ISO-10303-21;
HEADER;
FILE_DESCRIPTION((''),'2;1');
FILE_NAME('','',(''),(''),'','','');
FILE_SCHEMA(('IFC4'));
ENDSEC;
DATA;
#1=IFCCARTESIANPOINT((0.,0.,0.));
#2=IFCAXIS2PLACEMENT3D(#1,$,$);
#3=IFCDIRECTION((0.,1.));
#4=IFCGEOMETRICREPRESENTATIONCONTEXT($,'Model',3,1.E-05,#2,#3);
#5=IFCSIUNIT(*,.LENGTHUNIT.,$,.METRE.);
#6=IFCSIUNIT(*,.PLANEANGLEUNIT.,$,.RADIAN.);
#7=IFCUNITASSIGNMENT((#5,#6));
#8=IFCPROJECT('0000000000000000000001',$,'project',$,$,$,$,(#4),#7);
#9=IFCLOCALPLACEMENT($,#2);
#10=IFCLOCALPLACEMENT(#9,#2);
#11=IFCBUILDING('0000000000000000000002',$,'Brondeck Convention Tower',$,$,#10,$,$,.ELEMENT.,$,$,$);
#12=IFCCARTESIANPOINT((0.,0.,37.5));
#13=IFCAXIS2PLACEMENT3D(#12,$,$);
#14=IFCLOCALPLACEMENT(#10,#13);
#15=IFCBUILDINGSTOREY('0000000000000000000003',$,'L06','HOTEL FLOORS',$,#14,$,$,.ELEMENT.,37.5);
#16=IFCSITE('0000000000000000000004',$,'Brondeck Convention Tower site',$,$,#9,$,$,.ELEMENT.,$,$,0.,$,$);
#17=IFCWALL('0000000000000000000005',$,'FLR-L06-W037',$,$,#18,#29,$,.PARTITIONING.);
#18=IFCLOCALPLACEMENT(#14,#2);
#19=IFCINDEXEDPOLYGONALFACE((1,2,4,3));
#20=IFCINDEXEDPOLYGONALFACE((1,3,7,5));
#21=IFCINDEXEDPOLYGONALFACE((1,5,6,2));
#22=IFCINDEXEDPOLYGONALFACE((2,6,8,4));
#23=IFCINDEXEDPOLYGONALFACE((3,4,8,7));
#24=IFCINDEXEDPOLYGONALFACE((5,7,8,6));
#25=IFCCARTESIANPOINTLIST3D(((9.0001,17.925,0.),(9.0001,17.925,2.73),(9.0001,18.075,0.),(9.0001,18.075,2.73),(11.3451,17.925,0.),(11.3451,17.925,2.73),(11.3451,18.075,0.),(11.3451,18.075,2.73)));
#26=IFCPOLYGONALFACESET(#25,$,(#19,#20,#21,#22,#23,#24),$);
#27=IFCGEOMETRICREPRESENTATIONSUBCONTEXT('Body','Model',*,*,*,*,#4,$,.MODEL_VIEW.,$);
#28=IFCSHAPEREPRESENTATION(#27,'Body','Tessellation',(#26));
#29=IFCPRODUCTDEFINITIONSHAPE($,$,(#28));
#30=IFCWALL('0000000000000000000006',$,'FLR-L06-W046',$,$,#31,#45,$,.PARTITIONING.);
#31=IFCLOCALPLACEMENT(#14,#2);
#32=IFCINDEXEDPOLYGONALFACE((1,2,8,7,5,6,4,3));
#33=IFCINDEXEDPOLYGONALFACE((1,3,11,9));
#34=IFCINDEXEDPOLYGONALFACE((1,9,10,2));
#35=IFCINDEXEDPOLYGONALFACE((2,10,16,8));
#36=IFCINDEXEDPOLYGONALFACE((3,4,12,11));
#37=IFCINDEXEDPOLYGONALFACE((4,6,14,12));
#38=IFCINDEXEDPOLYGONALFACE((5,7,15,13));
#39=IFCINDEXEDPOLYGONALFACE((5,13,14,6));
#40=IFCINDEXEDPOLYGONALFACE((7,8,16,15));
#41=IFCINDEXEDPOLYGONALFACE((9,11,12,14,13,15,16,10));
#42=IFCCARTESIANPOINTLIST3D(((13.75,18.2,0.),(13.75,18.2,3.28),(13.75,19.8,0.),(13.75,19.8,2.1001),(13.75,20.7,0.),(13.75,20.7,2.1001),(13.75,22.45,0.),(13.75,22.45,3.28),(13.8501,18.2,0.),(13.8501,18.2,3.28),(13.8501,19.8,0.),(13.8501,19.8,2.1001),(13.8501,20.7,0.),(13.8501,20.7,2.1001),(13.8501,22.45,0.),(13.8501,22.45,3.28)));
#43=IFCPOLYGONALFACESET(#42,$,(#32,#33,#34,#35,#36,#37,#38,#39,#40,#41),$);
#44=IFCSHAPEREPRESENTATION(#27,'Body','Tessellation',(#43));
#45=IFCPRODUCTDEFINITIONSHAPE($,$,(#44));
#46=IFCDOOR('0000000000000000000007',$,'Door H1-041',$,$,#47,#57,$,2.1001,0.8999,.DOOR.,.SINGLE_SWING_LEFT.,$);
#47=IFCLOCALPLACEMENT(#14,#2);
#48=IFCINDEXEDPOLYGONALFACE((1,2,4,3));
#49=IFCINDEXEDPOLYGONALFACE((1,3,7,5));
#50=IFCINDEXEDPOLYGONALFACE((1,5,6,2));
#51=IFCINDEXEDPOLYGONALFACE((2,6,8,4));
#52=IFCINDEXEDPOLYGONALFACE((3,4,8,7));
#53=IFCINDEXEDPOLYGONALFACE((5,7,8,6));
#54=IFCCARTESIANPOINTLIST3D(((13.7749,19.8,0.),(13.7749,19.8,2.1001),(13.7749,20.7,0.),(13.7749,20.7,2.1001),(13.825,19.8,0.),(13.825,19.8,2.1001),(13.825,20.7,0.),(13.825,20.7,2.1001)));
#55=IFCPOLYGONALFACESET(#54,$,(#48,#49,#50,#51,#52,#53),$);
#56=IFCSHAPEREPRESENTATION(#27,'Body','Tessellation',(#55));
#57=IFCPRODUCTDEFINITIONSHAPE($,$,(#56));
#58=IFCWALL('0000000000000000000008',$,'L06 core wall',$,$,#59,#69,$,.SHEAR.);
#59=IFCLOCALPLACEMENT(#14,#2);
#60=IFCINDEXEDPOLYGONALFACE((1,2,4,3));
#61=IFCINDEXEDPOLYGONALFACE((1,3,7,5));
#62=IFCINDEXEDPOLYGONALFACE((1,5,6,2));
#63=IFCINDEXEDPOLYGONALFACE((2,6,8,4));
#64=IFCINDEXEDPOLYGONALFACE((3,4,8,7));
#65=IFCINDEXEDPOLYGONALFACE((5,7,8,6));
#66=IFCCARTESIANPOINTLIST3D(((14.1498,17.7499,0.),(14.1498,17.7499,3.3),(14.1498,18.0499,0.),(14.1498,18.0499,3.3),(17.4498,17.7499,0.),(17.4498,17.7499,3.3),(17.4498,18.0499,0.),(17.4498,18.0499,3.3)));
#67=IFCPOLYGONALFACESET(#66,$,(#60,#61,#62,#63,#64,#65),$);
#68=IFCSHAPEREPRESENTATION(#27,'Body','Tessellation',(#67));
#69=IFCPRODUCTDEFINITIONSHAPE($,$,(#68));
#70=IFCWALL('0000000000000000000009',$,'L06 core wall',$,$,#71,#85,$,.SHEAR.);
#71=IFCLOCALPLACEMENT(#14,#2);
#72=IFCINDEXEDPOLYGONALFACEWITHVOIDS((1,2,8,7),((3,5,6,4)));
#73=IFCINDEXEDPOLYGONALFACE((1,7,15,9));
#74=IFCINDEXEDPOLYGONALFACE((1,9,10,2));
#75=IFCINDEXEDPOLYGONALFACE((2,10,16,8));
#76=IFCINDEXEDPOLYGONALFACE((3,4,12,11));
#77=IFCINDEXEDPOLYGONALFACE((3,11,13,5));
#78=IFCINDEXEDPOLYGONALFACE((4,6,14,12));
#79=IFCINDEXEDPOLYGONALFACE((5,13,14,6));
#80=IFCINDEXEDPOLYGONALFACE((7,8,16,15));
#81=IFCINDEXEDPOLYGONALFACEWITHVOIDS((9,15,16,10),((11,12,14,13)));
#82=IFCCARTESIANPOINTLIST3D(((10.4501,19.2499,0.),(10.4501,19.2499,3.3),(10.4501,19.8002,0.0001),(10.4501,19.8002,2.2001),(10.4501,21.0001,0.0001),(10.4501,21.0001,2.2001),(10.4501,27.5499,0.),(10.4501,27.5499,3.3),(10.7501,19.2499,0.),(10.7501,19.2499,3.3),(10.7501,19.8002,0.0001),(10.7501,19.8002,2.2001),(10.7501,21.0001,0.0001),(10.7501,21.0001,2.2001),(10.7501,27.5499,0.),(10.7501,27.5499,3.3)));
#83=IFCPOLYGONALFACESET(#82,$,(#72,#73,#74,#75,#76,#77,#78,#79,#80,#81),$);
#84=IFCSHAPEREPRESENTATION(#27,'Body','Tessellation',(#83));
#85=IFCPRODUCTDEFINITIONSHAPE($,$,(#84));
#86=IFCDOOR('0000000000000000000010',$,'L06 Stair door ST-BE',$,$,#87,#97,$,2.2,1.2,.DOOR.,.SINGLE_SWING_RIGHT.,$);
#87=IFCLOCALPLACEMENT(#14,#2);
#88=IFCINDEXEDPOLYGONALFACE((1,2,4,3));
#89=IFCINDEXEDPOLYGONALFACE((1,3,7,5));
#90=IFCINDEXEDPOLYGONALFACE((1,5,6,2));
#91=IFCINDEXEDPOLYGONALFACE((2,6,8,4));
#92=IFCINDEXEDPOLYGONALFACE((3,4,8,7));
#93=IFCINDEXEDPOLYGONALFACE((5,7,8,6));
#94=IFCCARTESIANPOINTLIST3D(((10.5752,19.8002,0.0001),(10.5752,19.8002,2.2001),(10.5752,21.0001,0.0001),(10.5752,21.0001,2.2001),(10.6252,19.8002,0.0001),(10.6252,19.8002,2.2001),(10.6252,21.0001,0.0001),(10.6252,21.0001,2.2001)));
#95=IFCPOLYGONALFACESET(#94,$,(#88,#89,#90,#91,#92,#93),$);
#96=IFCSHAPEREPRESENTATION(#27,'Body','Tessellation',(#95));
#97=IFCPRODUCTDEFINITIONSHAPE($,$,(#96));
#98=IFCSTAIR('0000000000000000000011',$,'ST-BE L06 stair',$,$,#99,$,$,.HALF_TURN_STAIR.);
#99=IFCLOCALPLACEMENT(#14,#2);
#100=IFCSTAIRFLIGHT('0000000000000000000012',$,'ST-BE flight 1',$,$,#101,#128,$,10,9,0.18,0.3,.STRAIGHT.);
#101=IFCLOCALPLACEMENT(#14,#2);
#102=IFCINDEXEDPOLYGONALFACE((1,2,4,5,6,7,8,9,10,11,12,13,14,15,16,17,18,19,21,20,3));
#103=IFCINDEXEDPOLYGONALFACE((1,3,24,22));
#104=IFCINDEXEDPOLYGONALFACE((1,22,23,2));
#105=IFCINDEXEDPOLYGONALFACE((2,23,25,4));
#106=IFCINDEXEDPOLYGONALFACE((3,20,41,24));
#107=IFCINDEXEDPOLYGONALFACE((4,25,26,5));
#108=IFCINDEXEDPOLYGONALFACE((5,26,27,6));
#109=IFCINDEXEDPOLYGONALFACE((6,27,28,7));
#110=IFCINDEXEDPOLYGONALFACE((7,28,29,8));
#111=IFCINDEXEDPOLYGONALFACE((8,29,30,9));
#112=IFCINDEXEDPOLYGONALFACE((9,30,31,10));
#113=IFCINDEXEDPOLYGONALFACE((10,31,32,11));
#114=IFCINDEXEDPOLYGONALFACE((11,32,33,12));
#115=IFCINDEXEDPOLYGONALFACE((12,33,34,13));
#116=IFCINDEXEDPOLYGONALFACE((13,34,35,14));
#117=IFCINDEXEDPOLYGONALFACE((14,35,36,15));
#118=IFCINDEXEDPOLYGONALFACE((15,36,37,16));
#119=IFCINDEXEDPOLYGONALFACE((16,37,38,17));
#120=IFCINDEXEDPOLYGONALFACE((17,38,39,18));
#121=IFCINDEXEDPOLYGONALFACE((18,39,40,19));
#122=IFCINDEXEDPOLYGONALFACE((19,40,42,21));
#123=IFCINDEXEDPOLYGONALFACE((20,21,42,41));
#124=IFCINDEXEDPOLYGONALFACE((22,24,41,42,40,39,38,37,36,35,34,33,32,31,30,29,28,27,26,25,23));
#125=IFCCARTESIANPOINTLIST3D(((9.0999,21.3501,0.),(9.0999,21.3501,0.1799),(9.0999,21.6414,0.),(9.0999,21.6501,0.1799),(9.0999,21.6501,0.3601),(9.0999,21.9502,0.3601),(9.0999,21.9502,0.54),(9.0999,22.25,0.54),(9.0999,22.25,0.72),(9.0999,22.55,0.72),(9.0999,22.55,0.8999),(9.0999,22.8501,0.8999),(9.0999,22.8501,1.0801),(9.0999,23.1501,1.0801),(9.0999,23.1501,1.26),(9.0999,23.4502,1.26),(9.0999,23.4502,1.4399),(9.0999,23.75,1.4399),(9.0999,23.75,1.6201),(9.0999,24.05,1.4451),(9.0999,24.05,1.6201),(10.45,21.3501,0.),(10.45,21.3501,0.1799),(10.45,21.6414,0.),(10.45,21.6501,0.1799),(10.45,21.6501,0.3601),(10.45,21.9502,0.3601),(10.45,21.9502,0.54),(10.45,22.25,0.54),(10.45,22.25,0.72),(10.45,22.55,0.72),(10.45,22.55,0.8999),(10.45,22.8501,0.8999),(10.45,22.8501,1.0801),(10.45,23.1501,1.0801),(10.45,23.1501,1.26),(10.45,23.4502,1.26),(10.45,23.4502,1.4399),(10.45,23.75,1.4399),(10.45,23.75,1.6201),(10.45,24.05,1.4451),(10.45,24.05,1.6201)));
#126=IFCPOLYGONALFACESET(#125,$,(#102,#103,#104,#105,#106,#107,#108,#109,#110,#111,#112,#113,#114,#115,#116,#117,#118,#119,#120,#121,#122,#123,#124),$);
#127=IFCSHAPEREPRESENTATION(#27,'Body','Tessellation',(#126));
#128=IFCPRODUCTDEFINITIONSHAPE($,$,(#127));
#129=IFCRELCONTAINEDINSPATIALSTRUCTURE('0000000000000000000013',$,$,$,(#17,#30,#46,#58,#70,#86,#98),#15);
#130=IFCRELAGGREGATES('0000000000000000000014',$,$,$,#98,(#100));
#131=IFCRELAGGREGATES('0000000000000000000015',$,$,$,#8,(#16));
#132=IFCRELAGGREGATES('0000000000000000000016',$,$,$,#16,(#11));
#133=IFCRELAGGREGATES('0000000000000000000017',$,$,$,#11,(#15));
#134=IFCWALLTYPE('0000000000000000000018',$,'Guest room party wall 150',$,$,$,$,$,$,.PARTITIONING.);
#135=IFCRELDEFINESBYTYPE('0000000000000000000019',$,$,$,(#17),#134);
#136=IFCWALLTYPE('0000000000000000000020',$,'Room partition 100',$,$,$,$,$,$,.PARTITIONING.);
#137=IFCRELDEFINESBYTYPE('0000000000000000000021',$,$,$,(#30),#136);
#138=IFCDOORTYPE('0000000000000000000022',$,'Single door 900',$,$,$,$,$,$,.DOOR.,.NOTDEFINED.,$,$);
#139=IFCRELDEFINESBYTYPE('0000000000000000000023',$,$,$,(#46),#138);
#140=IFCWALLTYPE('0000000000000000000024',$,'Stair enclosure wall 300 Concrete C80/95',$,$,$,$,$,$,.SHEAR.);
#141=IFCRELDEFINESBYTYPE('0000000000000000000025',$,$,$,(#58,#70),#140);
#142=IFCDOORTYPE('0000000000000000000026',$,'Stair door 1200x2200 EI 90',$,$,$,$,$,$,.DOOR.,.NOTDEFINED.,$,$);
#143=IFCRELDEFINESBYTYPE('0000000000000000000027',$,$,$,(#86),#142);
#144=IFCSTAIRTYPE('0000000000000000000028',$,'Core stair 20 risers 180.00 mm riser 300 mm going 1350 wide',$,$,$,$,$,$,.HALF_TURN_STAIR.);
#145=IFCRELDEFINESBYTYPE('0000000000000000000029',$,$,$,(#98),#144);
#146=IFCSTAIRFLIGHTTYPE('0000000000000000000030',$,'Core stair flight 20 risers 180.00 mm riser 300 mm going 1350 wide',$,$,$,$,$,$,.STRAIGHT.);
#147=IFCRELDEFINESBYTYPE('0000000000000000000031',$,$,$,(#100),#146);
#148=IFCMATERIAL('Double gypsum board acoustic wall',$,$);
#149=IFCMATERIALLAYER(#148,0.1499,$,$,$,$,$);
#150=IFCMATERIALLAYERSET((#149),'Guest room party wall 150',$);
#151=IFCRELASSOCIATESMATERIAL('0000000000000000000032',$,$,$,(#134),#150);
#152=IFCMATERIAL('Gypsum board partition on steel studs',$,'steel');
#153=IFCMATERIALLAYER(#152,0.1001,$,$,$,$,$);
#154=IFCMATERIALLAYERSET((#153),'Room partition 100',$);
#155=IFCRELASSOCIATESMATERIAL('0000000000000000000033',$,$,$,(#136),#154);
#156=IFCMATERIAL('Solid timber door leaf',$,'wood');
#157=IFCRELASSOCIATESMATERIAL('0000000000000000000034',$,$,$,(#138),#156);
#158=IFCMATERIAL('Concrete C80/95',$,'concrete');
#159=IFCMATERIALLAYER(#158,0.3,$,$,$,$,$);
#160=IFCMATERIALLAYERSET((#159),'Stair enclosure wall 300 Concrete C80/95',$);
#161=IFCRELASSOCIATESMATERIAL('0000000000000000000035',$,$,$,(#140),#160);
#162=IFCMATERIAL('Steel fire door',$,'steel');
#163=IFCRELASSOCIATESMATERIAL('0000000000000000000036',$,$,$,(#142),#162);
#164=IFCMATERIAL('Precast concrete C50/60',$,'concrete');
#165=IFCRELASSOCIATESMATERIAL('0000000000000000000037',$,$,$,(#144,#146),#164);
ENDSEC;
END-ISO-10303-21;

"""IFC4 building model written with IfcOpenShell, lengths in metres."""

from ifc_helpers import new_model, si_unit, direction, frame, frame_2d, origin, place, context, subcontext, project, spatial, polyline, rectangle, outline, extrude, material, layer, layer_set, type_object, element, fill, aggregate, save


model = new_model("IFC4")

# Units and contexts
model_context = context("Model", 3, precision=1e-05, world=origin(), true_north=direction((0.0, 1.0)))
body_context = subcontext(model_context, "Body", "Model", "MODEL_VIEW")
ifc_project = project(units=[si_unit("LENGTHUNIT", "METRE"), si_unit("PLANEANGLEUNIT", "RADIAN")], contexts=[model_context])

# Site, building, storey
site_placement = place(None, origin())
site = spatial("IfcSite", under=ifc_project, at=site_placement, Name="Brondeck Convention Tower site", CompositionType="ELEMENT", RefElevation=0.0)
building_placement = place(site_placement, origin())
building = spatial("IfcBuilding", under=site, at=building_placement, Name="Brondeck Convention Tower", CompositionType="ELEMENT")
storey_placement = place(building_placement, frame((0.0, 0.0, 37.5)))
storey = spatial("IfcBuildingStorey", under=building, at=storey_placement, Name="L06", Description="HOTEL FLOORS", CompositionType="ELEMENT", Elevation=37.5)

# Shared definitions
ifc_material_1 = material(Name="Concrete C80/95", Category="concrete")

# Shared definitions
ifc_material_2 = material(Name="Double gypsum board acoustic wall")
ifc_layer_1 = layer(ifc_material_2, 0.1499)
ifc_layer_set_1 = layer_set([ifc_layer_1], Name="Guest room party wall 150")
wall_type_1 = type_object("IfcWallType", Name="Guest room party wall 150", PredefinedType="PARTITIONING", material=ifc_layer_set_1)

# Wall
wall_1_placement = place(storey_placement, frame((11.345, 18.0, 0.0), z_axis=(0.0, 0.0, 1.0), x_axis=(-1.0, 0.0, 0.0)))
element("IfcWall", 1, at=wall_1_placement, inside=storey, type_object=wall_type_1, Name="FLR-L06-W037", PredefinedType="PARTITIONING", context=body_context, shape_type="SweptSolid", body=[
    extrude(rectangle(XDim=2.345, YDim=0.1499, at=frame_2d((1.1724, 0.0))), origin(), (0.0, 0.0, 1.0), 2.73),
])

# Wall, opening, door
ifc_material_3 = material(Name="Gypsum board partition on steel studs", Category="steel")
ifc_layer_2 = layer(ifc_material_3, 0.1001)
ifc_layer_set_2 = layer_set([ifc_layer_2], Name="Room partition 100")
wall_type_2 = type_object("IfcWallType", Name="Room partition 100", PredefinedType="PARTITIONING", material=ifc_layer_set_2)
wall_2_placement = place(storey_placement, frame((13.8, 22.45, 0.0), z_axis=(0.0, 0.0, 1.0), x_axis=(0.0, -1.0, 0.0)))
wall_2 = element("IfcWall", 2, at=wall_2_placement, inside=storey, type_object=wall_type_2, Name="FLR-L06-W046", PredefinedType="PARTITIONING", context=body_context, shape_type="SweptSolid", body=[
    extrude(rectangle(XDim=4.25, YDim=0.1001, at=frame_2d((2.125, 0.0))), origin(), (0.0, 0.0, 1.0), 3.28),
])
opening_1_placement = place(wall_2_placement, frame((1.75, 0.0, 0.0)))
opening_1 = element("IfcOpeningElement", 3, at=opening_1_placement, cuts=wall_2, PredefinedType="OPENING", context=body_context, shape_type="SweptSolid", body=[
    extrude(rectangle(XDim=0.8999, YDim=2.1001, at=frame_2d((0.45, 1.05))), frame((0.0, 0.0601, 0.0), z_axis=(0.0, -1.0, 0.0), x_axis=(1.0, 0.0, 0.0)), (0.0, 0.0, 1.0), 0.1201),
])
ifc_material_4 = material(Name="Solid timber door leaf", Category="wood")
door_type_1 = type_object("IfcDoorType", Name="Single door 900", OperationType="NOTDEFINED", PredefinedType="DOOR", material=ifc_material_4)
door_1_placement = place(opening_1_placement, origin())
door_1 = element("IfcDoor", 4, at=door_1_placement, inside=storey, type_object=door_type_1, Name="Door H1-041", OperationType="SINGLE_SWING_LEFT", OverallHeight=2.1001, OverallWidth=0.8999, PredefinedType="DOOR", context=body_context, shape_type="SweptSolid", body=[
    extrude(rectangle(XDim=0.8999, YDim=2.1001, at=frame_2d((0.45, 1.05))), frame((0.0, 0.0249, 0.0), z_axis=(0.0, -1.0, 0.0), x_axis=(1.0, 0.0, 0.0)), (0.0, 0.0, 1.0), 0.05),
])
fill(opening_1, door_1)

# Wall
ifc_layer_3 = layer(ifc_material_1, 0.3)
ifc_layer_set_3 = layer_set([ifc_layer_3], Name="Stair enclosure wall 300 Concrete C80/95")
wall_type_3 = type_object("IfcWallType", Name="Stair enclosure wall 300 Concrete C80/95", PredefinedType="SHEAR", material=ifc_layer_set_3)
wall_3_placement = place(storey_placement, frame((14.1499, 17.8999, 0.0), z_axis=(0.0, 0.0, 1.0), x_axis=(1.0, 0.0, 0.0)))
element("IfcWall", 5, at=wall_3_placement, inside=storey, type_object=wall_type_3, Name="L06 core wall", PredefinedType="SHEAR", context=body_context, shape_type="SweptSolid", body=[
    extrude(rectangle(XDim=3.3, YDim=0.3, at=frame_2d((1.6499, 0.0))), origin(), (0.0, 0.0, 1.0), 3.3),
])

# Wall, opening, door
wall_4_placement = place(storey_placement, frame((10.6001, 19.25, 0.0), z_axis=(0.0, 0.0, 1.0), x_axis=(0.0, 1.0, 0.0)))
wall_4 = element("IfcWall", 6, at=wall_4_placement, inside=storey, type_object=wall_type_3, Name="L06 core wall", PredefinedType="SHEAR", context=body_context, shape_type="SweptSolid", body=[
    extrude(rectangle(XDim=8.3, YDim=0.3, at=frame_2d((4.1499, 0.0))), origin(), (0.0, 0.0, 1.0), 3.3),
])
opening_2_placement = place(wall_4_placement, frame((0.55, 0.0, 0.0)))
opening_2 = element("IfcOpeningElement", 7, at=opening_2_placement, cuts=wall_4, PredefinedType="OPENING", context=body_context, shape_type="SweptSolid", body=[
    extrude(rectangle(XDim=1.2, YDim=2.2, at=frame_2d((0.6001, 1.1001))), frame((0.0, 0.1599, 0.0), z_axis=(0.0, -1.0, 0.0), x_axis=(1.0, 0.0, 0.0)), (0.0, 0.0, 1.0), 0.3201),
])
ifc_material_5 = material(Name="Steel fire door", Category="steel")
door_type_2 = type_object("IfcDoorType", Name="Stair door 1200x2200 EI 90", OperationType="NOTDEFINED", PredefinedType="DOOR", material=ifc_material_5)
door_2_placement = place(opening_2_placement, origin())
door_2 = element("IfcDoor", 8, at=door_2_placement, inside=storey, type_object=door_type_2, Name="L06 Stair door ST-BE", OperationType="SINGLE_SWING_RIGHT", OverallHeight=2.2, OverallWidth=1.2, PredefinedType="DOOR", context=body_context, shape_type="SweptSolid", body=[
    extrude(rectangle(XDim=1.2, YDim=2.2, at=frame_2d((0.6001, 1.1001))), frame((0.0, 0.0249, 0.0), z_axis=(0.0, -1.0, 0.0), x_axis=(1.0, 0.0, 0.0)), (0.0, 0.0, 1.0), 0.05),
])
fill(opening_2, door_2)

# Stair, stair flight
ifc_material_6 = material(Name="Precast concrete C50/60", Category="concrete")
stair_type = type_object("IfcStairType", Name="Core stair 20 risers 180.00 mm riser 300 mm going 1350 wide", PredefinedType="HALF_TURN_STAIR", material=ifc_material_6)
stair_placement = place(storey_placement, origin())
stair = element("IfcStair", 9, at=stair_placement, inside=storey, type_object=stair_type, Name="ST-BE L06 stair", PredefinedType="HALF_TURN_STAIR")
stair_flight_type = type_object("IfcStairFlightType", Name="Core stair flight 20 risers 180.00 mm riser 300 mm going 1350 wide", PredefinedType="STRAIGHT", material=ifc_material_6)
stair_flight_placement = place(storey_placement, frame((9.7749, 21.3501, 0.0), z_axis=(0.0, 0.0, 1.0), x_axis=(0.0, 1.0, 0.0)))
stair_flight = element("IfcStairFlight", 10, at=stair_flight_placement, type_object=stair_flight_type, Name="ST-BE flight 1", NumberOfRisers=10, NumberOfTreads=9, PredefinedType="STRAIGHT", RiserHeight=0.18, TreadLength=0.3, context=body_context, shape_type="SweptSolid", body=[
    extrude(outline(polyline([(0.0, 0.0), (0.0, 0.1799), (0.3, 0.1799), (0.3, 0.3601), (0.6001, 0.3601), (0.6001, 0.54), (0.8999, 0.54), (0.8999, 0.72), (1.2, 0.72), (1.2, 0.8999), (1.5, 0.8999), (1.5, 1.0801), (1.8, 1.0801), (1.8, 1.26), (2.1001, 1.26), (2.1001, 1.4399), (2.3999, 1.4399), (2.3999, 1.6201), (2.7, 1.6201), (2.7, 1.8), (2.7, 1.4451), (0.2913, 0.0), (0.0, 0.0)])), frame((0.0, 0.675, 0.0), z_axis=(0.0, -1.0, 0.0), x_axis=(1.0, 0.0, 0.0)), (0.0, 0.0, 1.0), 1.3501),
])
aggregate(stair, [stair_flight])

save(model, "model.ifc")
